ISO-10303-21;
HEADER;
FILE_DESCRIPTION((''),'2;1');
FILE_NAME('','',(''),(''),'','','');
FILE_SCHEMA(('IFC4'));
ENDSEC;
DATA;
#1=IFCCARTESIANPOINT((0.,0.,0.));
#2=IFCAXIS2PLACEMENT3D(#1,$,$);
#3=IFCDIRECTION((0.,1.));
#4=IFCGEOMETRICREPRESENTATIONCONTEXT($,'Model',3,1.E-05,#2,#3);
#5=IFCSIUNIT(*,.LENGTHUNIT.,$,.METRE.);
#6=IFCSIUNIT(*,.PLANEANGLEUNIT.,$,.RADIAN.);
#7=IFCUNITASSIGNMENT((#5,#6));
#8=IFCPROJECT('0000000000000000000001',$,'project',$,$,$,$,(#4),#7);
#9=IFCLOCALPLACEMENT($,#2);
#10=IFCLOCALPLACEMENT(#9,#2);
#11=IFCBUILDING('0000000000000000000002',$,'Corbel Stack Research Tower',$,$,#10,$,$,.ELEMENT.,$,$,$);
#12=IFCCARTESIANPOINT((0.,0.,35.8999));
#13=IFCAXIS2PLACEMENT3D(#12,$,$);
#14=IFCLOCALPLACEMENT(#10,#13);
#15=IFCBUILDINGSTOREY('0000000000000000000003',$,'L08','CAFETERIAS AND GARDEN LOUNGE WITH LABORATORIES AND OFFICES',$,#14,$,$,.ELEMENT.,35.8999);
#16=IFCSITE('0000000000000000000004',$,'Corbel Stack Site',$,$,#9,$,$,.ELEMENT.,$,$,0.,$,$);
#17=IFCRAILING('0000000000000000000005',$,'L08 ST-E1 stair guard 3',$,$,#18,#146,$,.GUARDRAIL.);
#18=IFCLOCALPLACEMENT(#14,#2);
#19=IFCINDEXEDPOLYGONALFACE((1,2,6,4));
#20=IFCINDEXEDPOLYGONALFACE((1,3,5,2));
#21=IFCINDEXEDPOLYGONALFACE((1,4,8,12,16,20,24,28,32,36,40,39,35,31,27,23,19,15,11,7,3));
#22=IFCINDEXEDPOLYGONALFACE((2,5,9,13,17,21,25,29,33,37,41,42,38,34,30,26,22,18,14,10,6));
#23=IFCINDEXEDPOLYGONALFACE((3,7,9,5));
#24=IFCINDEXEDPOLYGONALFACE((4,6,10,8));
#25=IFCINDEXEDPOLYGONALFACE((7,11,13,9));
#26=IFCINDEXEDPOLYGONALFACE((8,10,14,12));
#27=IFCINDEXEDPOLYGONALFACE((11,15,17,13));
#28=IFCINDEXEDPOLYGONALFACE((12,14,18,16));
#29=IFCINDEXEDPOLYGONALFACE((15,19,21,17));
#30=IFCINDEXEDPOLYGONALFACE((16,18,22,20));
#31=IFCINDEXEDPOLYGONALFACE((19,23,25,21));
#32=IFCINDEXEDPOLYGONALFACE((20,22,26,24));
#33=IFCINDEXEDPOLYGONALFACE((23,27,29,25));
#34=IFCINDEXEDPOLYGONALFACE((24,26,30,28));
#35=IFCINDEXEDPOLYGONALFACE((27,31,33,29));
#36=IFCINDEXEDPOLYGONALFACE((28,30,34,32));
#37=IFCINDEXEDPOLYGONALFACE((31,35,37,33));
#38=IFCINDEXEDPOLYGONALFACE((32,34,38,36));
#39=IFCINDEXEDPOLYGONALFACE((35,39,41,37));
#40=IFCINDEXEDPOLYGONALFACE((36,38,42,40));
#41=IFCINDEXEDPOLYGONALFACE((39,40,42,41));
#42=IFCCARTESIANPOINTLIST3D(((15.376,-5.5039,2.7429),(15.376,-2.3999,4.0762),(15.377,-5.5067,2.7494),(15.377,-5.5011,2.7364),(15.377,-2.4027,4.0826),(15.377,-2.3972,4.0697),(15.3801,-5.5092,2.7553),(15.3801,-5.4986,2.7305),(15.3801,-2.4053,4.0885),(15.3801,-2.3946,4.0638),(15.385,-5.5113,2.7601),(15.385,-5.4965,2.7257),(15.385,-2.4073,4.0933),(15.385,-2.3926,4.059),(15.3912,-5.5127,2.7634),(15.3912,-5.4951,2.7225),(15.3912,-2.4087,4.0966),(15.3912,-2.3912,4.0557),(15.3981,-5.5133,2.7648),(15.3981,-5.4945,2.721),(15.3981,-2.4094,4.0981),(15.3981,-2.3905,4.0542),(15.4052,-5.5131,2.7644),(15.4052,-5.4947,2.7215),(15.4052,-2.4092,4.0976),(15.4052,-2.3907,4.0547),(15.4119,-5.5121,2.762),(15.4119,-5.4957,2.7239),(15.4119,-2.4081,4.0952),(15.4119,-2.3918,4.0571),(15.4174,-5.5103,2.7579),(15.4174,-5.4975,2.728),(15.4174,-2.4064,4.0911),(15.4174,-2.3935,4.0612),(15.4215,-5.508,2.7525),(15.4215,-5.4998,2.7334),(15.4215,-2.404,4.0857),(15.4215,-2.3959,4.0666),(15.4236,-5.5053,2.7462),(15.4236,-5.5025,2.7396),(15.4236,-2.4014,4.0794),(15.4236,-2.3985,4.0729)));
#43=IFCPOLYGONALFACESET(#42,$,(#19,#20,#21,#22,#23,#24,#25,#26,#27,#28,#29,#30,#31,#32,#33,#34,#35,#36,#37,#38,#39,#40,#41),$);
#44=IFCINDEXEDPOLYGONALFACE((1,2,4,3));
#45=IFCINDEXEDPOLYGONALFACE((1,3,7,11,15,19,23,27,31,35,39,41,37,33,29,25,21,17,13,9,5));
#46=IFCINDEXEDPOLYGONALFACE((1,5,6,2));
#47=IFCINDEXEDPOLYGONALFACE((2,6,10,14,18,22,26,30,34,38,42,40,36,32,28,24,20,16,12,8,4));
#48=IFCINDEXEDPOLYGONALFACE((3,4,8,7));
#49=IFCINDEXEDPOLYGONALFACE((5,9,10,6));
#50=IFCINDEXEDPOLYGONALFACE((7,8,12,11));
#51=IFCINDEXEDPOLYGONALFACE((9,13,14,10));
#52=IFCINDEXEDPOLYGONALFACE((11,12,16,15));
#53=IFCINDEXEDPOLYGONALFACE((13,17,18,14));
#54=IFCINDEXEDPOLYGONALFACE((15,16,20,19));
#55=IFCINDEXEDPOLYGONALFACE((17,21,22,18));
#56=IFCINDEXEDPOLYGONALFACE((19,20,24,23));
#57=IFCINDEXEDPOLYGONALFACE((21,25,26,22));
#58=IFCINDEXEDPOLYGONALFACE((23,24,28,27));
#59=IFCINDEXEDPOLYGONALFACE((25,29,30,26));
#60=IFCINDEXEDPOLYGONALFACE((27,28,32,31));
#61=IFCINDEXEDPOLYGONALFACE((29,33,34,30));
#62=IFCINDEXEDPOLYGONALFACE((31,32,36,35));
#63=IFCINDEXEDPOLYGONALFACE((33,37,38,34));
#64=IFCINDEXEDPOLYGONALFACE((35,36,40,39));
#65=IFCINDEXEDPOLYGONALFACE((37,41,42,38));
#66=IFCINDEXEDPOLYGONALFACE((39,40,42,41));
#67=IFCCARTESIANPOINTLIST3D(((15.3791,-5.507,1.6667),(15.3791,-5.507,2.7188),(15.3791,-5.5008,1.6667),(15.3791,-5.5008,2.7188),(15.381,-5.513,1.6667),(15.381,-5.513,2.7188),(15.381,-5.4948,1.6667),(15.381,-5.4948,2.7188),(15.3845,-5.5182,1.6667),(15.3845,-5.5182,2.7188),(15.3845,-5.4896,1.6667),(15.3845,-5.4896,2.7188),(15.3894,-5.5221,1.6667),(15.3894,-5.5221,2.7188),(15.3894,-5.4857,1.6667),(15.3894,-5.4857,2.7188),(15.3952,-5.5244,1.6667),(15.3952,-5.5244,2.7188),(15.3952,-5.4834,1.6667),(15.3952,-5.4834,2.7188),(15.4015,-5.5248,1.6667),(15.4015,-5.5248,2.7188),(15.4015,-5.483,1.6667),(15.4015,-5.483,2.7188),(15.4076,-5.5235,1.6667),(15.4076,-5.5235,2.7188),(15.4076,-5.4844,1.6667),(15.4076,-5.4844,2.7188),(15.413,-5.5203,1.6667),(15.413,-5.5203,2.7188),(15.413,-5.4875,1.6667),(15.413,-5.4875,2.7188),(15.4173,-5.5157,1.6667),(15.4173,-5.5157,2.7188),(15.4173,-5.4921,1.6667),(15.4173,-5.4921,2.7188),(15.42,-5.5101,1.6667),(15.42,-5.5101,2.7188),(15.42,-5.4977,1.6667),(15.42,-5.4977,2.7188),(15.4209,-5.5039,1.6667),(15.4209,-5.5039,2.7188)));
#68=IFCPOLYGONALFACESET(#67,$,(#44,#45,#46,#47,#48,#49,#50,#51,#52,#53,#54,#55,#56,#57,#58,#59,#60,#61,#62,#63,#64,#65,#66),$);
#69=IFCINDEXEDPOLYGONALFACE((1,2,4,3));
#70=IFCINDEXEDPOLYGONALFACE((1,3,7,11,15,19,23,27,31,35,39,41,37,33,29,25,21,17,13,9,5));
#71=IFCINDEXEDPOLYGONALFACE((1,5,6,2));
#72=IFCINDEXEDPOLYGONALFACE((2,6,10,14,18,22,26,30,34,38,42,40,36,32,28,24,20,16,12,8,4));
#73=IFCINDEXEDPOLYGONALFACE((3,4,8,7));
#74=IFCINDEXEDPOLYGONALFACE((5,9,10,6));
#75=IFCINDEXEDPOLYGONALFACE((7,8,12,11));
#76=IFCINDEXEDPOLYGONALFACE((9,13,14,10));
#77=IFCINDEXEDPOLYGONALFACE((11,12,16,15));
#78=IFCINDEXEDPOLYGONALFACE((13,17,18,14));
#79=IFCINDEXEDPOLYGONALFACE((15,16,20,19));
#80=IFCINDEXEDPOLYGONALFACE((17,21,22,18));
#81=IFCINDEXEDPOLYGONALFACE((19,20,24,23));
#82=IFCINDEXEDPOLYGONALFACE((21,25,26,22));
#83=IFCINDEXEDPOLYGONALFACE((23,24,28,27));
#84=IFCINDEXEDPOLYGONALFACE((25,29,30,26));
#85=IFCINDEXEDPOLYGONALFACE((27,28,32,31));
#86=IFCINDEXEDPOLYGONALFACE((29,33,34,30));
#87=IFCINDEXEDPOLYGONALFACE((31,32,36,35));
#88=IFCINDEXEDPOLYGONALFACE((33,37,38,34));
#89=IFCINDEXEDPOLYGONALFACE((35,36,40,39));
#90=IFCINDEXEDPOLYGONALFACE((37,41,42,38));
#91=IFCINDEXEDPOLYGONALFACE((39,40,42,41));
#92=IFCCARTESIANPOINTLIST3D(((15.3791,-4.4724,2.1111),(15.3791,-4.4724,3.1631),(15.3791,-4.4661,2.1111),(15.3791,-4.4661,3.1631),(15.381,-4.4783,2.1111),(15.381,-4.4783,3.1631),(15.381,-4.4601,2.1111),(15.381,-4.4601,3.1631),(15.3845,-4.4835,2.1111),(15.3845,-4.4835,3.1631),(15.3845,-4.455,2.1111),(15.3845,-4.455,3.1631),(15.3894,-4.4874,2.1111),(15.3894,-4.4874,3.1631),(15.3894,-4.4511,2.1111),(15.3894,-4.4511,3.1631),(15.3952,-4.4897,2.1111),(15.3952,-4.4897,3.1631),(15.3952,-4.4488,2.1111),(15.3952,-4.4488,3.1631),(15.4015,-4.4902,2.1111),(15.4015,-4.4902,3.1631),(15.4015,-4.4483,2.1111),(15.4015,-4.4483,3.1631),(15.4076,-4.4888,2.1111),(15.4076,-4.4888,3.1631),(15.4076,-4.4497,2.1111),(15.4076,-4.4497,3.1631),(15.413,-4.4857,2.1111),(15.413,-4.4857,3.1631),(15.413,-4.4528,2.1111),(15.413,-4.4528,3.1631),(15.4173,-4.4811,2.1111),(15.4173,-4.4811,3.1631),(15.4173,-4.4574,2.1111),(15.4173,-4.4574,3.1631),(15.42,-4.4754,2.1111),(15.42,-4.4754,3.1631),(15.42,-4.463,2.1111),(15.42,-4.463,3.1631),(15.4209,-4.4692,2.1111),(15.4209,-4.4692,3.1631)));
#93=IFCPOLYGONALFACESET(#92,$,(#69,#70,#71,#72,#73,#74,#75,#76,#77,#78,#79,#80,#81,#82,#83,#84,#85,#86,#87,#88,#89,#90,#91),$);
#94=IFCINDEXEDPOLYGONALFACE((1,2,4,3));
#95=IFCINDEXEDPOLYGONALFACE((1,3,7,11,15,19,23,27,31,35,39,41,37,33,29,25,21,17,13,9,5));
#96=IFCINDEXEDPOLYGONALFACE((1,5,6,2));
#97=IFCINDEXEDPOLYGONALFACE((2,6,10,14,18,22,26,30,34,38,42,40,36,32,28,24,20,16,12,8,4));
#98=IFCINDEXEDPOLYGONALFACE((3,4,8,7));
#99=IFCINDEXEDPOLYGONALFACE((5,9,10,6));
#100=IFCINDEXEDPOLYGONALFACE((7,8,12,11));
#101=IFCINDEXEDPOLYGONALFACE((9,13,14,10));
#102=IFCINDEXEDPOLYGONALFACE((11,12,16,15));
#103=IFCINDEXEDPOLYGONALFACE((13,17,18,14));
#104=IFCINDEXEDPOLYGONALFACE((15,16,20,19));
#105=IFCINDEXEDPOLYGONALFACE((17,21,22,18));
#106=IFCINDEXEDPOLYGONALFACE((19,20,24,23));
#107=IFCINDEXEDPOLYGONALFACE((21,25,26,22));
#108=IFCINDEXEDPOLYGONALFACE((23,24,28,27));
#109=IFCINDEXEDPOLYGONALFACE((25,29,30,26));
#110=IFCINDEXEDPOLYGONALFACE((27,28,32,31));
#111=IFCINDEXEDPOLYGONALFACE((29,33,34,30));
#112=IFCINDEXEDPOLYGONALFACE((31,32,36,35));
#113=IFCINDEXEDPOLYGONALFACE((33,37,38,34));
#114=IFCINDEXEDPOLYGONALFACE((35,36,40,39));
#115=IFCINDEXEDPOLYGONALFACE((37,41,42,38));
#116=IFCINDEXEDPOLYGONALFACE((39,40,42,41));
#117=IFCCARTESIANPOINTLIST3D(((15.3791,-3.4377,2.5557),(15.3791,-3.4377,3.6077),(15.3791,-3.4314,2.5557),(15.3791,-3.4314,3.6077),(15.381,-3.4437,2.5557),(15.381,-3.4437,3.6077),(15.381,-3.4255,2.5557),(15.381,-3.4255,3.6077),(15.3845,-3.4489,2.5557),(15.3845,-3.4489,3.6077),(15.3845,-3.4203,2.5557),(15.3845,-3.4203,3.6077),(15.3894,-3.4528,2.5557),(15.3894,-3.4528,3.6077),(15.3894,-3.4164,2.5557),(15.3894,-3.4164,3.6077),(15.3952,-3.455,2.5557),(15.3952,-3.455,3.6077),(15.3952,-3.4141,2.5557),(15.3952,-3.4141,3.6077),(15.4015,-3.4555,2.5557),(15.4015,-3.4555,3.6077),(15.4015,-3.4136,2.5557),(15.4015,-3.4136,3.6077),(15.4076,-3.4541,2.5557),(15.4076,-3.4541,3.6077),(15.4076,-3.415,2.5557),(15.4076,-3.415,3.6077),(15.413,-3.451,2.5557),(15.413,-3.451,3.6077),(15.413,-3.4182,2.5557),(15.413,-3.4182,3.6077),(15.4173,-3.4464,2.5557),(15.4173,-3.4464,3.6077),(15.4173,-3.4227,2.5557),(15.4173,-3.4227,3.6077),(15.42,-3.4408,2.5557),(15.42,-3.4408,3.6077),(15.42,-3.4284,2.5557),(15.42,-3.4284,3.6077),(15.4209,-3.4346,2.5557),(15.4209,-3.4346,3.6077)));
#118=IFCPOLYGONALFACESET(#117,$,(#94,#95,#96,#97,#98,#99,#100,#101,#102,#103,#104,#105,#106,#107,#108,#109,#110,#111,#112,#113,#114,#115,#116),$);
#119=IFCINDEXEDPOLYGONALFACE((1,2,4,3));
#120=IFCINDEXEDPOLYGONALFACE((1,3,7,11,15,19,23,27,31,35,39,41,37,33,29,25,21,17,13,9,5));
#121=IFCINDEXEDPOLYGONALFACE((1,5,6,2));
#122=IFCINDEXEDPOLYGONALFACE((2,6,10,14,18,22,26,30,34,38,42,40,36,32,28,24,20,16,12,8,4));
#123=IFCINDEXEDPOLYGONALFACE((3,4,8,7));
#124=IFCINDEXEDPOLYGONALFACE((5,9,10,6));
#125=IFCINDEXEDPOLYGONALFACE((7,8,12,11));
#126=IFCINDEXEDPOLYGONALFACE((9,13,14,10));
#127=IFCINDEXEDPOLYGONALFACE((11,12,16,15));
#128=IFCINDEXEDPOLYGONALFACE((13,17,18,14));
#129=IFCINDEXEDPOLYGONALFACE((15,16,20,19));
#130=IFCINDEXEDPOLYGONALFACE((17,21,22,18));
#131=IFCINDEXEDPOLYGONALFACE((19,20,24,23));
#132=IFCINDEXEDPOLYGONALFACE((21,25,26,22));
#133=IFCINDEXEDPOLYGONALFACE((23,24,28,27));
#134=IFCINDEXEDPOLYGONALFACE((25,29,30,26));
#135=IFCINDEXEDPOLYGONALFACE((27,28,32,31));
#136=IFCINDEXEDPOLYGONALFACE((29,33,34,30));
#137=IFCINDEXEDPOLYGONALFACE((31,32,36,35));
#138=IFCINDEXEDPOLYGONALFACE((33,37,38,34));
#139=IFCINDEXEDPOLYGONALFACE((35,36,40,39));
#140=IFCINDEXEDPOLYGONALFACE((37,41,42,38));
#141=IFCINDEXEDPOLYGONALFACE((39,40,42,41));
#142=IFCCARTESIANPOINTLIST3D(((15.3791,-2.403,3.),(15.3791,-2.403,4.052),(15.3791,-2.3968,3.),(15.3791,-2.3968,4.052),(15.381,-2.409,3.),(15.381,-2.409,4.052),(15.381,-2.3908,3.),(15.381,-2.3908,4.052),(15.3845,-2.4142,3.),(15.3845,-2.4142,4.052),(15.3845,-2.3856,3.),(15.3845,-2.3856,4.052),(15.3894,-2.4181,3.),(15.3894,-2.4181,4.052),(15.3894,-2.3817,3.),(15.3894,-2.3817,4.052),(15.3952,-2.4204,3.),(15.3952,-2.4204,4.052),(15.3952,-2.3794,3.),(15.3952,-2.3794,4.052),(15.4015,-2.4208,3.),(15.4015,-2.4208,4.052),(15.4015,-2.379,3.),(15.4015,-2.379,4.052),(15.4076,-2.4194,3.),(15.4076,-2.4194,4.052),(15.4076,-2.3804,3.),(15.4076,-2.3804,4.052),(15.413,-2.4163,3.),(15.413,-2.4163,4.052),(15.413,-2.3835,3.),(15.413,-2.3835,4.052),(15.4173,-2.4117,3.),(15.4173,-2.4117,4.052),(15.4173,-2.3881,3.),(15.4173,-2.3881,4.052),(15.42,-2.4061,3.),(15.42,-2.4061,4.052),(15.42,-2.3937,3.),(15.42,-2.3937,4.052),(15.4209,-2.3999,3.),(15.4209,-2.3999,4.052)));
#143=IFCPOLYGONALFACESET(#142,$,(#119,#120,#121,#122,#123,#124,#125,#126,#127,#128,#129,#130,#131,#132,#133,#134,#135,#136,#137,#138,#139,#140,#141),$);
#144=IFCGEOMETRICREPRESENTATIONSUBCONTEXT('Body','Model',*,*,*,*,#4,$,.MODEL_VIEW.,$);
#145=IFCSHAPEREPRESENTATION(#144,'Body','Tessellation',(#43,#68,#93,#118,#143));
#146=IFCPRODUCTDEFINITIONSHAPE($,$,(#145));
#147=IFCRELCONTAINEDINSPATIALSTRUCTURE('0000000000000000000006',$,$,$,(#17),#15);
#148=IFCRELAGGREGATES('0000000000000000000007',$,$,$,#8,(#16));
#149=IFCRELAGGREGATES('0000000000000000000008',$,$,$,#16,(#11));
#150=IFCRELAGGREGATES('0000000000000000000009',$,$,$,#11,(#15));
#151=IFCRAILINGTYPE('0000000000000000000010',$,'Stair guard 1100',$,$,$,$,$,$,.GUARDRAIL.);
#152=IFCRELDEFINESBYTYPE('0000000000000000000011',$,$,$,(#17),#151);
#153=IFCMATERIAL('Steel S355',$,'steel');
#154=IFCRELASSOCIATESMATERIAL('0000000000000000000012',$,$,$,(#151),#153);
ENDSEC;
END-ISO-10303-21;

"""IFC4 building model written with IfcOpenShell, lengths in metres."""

from ifc_helpers import new_model, si_unit, direction, frame, origin, origin_2d, place, context, subcontext, project, spatial, circle, extrude, material, type_object, element, save


model = new_model("IFC4")

# Units and contexts
model_context = context("Model", 3, precision=1e-05, world=origin(), true_north=direction((0.0, 1.0)))
body_context = subcontext(model_context, "Body", "Model", "MODEL_VIEW")
ifc_project = project(units=[si_unit("LENGTHUNIT", "METRE"), si_unit("PLANEANGLEUNIT", "RADIAN")], contexts=[model_context])

# Site, building, storey
site_placement = place(None, origin())
site = spatial("IfcSite", under=ifc_project, at=site_placement, Name="Corbel Stack Site", CompositionType="ELEMENT", RefElevation=0.0)
building_placement = place(site_placement, origin())
building = spatial("IfcBuilding", under=site, at=building_placement, Name="Corbel Stack Research Tower", CompositionType="ELEMENT")
storey_placement = place(building_placement, frame((0.0, 0.0, 35.8999)))
storey = spatial("IfcBuildingStorey", under=building, at=storey_placement, Name="L08", Description="CAFETERIAS AND GARDEN LOUNGE WITH LABORATORIES AND OFFICES", CompositionType="ELEMENT", Elevation=35.8999)

# Railing
ifc_material_1 = material(Name="Steel S355", Category="steel")
railing_type_1 = type_object("IfcRailingType", Name="Stair guard 1100", PredefinedType="GUARDRAIL", material=ifc_material_1)
railing_1_placement = place(storey_placement, frame((15.3999, -5.5039, 1.6667)))
element("IfcRailing", 1, at=railing_1_placement, inside=storey, type_object=railing_type_1, Name="L08 ST-E1 stair guard 3", PredefinedType="GUARDRAIL", context=body_context, shape_type="SweptSolid", body=[
    extrude(circle(Radius=0.0239, at=origin_2d()), frame((0.0, 0.0, 1.0762), z_axis=(0.0, 0.918827, 0.394661), x_axis=(-1.0, 0.0, 0.0)), (0.0, 0.0, 1.0), 3.3782),
    extrude(circle(Radius=0.021, at=origin_2d()), origin(), (0.0, 0.0, 1.0), 1.052),
    extrude(circle(Radius=0.021, at=origin_2d()), frame((0.0, 1.0347, 0.4443)), (0.0, 0.0, 1.0), 1.052),
    extrude(circle(Radius=0.021, at=origin_2d()), frame((0.0, 2.0693, 0.8889)), (0.0, 0.0, 1.0), 1.052),
    extrude(circle(Radius=0.021, at=origin_2d()), frame((0.0, 3.104, 1.3333)), (0.0, 0.0, 1.0), 1.052),
])

save(model, "model.ifc")
